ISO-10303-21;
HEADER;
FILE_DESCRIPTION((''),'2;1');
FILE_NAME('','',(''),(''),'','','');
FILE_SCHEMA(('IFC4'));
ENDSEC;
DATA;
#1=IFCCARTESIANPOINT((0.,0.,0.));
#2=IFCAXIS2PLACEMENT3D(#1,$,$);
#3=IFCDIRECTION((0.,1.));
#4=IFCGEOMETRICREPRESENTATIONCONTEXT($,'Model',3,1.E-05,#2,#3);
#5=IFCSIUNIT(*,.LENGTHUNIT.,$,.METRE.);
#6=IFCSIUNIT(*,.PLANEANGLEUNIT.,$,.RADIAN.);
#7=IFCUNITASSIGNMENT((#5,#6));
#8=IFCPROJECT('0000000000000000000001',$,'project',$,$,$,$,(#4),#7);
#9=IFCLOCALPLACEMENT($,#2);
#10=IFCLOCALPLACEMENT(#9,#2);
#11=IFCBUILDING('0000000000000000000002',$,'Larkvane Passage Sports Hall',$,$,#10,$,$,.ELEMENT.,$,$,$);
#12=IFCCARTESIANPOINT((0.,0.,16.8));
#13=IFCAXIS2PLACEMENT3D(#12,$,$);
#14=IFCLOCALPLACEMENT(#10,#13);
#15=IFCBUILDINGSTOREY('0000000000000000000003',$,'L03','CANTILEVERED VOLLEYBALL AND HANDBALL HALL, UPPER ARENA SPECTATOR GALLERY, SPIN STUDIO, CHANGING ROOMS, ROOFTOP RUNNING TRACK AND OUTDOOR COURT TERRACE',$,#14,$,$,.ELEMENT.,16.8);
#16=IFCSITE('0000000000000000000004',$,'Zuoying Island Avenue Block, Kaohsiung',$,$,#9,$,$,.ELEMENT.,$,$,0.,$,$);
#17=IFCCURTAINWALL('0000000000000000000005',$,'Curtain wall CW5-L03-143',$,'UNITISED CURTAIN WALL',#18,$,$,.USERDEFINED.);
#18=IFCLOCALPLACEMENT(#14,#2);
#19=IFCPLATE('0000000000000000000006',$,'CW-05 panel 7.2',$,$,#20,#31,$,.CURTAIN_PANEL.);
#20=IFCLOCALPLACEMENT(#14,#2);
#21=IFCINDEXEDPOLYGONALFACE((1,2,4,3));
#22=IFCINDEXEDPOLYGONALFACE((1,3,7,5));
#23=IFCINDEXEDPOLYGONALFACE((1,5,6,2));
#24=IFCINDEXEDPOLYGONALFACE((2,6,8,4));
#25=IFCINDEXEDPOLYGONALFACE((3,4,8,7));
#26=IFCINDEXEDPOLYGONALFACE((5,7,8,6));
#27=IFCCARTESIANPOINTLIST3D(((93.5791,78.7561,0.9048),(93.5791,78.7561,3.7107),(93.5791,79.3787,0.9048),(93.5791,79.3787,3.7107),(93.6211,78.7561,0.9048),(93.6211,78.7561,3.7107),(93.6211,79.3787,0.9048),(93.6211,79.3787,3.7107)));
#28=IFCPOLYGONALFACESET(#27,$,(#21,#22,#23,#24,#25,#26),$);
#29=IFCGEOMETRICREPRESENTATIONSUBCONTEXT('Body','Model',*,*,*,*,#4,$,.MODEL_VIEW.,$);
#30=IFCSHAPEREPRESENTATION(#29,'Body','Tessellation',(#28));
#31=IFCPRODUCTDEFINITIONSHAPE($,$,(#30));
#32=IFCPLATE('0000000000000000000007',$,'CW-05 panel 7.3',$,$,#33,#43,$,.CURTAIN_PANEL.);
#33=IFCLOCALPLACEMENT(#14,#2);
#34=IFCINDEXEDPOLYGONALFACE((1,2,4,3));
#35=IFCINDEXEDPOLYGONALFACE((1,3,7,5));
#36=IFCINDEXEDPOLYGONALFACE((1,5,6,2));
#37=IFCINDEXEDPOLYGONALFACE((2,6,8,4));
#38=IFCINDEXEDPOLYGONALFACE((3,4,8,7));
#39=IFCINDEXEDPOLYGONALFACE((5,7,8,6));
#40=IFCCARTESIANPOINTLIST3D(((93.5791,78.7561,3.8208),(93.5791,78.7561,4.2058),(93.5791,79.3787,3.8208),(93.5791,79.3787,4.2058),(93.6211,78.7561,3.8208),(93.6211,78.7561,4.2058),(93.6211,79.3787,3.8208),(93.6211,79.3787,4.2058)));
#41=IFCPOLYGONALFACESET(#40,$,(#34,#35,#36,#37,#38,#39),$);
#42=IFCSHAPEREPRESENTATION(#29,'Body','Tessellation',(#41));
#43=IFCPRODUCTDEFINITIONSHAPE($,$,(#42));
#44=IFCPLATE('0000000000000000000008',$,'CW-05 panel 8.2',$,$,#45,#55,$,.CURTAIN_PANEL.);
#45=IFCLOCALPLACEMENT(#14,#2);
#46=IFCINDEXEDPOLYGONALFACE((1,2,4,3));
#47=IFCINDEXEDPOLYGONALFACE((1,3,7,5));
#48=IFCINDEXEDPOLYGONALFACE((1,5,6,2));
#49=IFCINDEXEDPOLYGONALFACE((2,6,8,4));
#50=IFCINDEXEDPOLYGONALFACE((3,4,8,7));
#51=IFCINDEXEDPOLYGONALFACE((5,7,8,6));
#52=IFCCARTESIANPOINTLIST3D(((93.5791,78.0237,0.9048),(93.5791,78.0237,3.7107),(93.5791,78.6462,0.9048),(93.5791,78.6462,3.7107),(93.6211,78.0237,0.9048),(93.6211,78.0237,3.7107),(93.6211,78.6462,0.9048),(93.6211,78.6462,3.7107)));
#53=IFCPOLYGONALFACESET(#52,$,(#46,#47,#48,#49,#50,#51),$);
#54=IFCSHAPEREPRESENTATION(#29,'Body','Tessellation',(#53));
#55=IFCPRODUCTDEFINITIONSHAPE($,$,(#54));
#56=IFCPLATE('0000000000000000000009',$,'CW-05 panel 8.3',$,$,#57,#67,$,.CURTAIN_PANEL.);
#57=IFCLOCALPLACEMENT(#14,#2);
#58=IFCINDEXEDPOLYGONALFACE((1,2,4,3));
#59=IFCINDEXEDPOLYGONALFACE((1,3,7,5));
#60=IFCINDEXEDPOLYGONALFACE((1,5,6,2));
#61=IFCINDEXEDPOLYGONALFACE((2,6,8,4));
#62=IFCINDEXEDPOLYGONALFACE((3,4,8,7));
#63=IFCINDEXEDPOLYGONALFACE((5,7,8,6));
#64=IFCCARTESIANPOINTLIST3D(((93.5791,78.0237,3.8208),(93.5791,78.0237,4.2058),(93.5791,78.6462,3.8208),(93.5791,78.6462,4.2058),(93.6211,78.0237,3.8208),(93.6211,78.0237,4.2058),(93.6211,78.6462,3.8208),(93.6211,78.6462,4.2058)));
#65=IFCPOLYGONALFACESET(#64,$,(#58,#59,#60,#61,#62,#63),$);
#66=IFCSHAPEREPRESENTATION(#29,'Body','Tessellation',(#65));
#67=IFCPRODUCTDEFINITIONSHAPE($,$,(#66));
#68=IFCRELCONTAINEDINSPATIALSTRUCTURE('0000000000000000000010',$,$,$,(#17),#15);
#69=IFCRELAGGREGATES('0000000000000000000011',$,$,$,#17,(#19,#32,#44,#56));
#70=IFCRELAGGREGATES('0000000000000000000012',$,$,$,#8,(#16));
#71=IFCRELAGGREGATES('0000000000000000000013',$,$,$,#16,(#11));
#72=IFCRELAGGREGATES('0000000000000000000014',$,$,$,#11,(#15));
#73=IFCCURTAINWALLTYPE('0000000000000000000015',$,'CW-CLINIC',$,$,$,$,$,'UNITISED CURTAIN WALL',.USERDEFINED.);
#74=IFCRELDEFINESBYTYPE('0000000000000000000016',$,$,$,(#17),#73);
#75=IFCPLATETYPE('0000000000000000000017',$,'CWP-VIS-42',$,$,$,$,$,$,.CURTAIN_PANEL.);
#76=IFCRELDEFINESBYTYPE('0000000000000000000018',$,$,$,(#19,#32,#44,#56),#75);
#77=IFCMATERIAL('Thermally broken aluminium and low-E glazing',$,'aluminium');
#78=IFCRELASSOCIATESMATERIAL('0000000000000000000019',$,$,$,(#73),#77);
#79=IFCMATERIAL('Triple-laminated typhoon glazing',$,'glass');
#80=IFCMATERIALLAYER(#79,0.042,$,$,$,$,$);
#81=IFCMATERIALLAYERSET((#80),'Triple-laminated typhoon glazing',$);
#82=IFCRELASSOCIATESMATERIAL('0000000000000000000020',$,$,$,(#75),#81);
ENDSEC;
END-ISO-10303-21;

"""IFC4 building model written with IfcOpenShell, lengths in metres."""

from ifc_helpers import new_model, si_unit, direction, frame, origin, origin_2d, place, context, subcontext, project, spatial, rectangle, extrude, material, layer, layer_set, type_object, element, aggregate, save


model = new_model("IFC4")

# Units and contexts
model_context = context("Model", 3, precision=1e-05, world=origin(), true_north=direction((0.0, 1.0)))
body_context = subcontext(model_context, "Body", "Model", "MODEL_VIEW")
ifc_project = project(units=[si_unit("LENGTHUNIT", "METRE"), si_unit("PLANEANGLEUNIT", "RADIAN")], contexts=[model_context])

# Site, building, storey
site_placement = place(None, origin())
site = spatial("IfcSite", under=ifc_project, at=site_placement, Name="Zuoying Island Avenue Block, Kaohsiung", CompositionType="ELEMENT", RefElevation=0.0)
building_placement = place(site_placement, origin())
building = spatial("IfcBuilding", under=site, at=building_placement, Name="Larkvane Passage Sports Hall", CompositionType="ELEMENT")
storey_placement = place(building_placement, frame((0.0, 0.0, 16.8)))
storey = spatial("IfcBuildingStorey", under=building, at=storey_placement, Name="L03", Description="CANTILEVERED VOLLEYBALL AND HANDBALL HALL, UPPER ARENA SPECTATOR GALLERY, SPIN STUDIO, CHANGING ROOMS, ROOFTOP RUNNING TRACK AND OUTDOOR COURT TERRACE", CompositionType="ELEMENT", Elevation=16.8)

# Curtain wall, plates
ifc_material_1 = material(Name="Thermally broken aluminium and low-E glazing", Category="aluminium")
curtain_wall_type = type_object("IfcCurtainWallType", Name="CW-CLINIC", ElementType="UNITISED CURTAIN WALL", PredefinedType="USERDEFINED", material=ifc_material_1)
curtain_wall_placement = place(storey_placement, origin())
curtain_wall = element("IfcCurtainWall", 1, at=curtain_wall_placement, inside=storey, type_object=curtain_wall_type, Name="Curtain wall CW5-L03-143", ObjectType="UNITISED CURTAIN WALL", PredefinedType="USERDEFINED")
ifc_material_2 = material(Name="Triple-laminated typhoon glazing", Category="glass")
ifc_layer_1 = layer(ifc_material_2, 0.042)
ifc_layer_set_1 = layer_set([ifc_layer_1], Name="Triple-laminated typhoon glazing")
plate_type_1 = type_object("IfcPlateType", Name="CWP-VIS-42", PredefinedType="CURTAIN_PANEL", material=ifc_layer_set_1)
plate_1_placement = place(storey_placement, frame((93.6001, 79.0674, 0.9048), z_axis=(0.0, 0.0, 1.0), x_axis=(0.0, -1.0, 0.0)))
plate_1 = element("IfcPlate", 2, at=plate_1_placement, type_object=plate_type_1, Name="CW-05 panel 7.2", PredefinedType="CURTAIN_PANEL", context=body_context, shape_type="SweptSolid", body=[
    extrude(rectangle(XDim=0.6226, YDim=0.042, at=origin_2d()), origin(), (0.0, 0.0, 1.0), 2.8059),
])
plate_2_placement = place(storey_placement, frame((93.6001, 79.0674, 3.8208), z_axis=(0.0, 0.0, 1.0), x_axis=(0.0, -1.0, 0.0)))
plate_2 = element("IfcPlate", 3, at=plate_2_placement, type_object=plate_type_1, Name="CW-05 panel 7.3", PredefinedType="CURTAIN_PANEL", context=body_context, shape_type="SweptSolid", body=[
    extrude(rectangle(XDim=0.6226, YDim=0.042, at=origin_2d()), origin(), (0.0, 0.0, 1.0), 0.385),
])
plate_3_placement = place(storey_placement, frame((93.6001, 78.335, 0.9048), z_axis=(0.0, 0.0, 1.0), x_axis=(0.0, -1.0, 0.0)))
plate_3 = element("IfcPlate", 4, at=plate_3_placement, type_object=plate_type_1, Name="CW-05 panel 8.2", PredefinedType="CURTAIN_PANEL", context=body_context, shape_type="SweptSolid", body=[
    extrude(rectangle(XDim=0.6226, YDim=0.042, at=origin_2d()), origin(), (0.0, 0.0, 1.0), 2.8059),
])
plate_4_placement = place(storey_placement, frame((93.6001, 78.335, 3.8208), z_axis=(0.0, 0.0, 1.0), x_axis=(0.0, -1.0, 0.0)))
plate_4 = element("IfcPlate", 5, at=plate_4_placement, type_object=plate_type_1, Name="CW-05 panel 8.3", PredefinedType="CURTAIN_PANEL", context=body_context, shape_type="SweptSolid", body=[
    extrude(rectangle(XDim=0.6226, YDim=0.042, at=origin_2d()), origin(), (0.0, 0.0, 1.0), 0.385),
])
aggregate(curtain_wall, [plate_1, plate_2, plate_3, plate_4])

save(model, "model.ifc")
